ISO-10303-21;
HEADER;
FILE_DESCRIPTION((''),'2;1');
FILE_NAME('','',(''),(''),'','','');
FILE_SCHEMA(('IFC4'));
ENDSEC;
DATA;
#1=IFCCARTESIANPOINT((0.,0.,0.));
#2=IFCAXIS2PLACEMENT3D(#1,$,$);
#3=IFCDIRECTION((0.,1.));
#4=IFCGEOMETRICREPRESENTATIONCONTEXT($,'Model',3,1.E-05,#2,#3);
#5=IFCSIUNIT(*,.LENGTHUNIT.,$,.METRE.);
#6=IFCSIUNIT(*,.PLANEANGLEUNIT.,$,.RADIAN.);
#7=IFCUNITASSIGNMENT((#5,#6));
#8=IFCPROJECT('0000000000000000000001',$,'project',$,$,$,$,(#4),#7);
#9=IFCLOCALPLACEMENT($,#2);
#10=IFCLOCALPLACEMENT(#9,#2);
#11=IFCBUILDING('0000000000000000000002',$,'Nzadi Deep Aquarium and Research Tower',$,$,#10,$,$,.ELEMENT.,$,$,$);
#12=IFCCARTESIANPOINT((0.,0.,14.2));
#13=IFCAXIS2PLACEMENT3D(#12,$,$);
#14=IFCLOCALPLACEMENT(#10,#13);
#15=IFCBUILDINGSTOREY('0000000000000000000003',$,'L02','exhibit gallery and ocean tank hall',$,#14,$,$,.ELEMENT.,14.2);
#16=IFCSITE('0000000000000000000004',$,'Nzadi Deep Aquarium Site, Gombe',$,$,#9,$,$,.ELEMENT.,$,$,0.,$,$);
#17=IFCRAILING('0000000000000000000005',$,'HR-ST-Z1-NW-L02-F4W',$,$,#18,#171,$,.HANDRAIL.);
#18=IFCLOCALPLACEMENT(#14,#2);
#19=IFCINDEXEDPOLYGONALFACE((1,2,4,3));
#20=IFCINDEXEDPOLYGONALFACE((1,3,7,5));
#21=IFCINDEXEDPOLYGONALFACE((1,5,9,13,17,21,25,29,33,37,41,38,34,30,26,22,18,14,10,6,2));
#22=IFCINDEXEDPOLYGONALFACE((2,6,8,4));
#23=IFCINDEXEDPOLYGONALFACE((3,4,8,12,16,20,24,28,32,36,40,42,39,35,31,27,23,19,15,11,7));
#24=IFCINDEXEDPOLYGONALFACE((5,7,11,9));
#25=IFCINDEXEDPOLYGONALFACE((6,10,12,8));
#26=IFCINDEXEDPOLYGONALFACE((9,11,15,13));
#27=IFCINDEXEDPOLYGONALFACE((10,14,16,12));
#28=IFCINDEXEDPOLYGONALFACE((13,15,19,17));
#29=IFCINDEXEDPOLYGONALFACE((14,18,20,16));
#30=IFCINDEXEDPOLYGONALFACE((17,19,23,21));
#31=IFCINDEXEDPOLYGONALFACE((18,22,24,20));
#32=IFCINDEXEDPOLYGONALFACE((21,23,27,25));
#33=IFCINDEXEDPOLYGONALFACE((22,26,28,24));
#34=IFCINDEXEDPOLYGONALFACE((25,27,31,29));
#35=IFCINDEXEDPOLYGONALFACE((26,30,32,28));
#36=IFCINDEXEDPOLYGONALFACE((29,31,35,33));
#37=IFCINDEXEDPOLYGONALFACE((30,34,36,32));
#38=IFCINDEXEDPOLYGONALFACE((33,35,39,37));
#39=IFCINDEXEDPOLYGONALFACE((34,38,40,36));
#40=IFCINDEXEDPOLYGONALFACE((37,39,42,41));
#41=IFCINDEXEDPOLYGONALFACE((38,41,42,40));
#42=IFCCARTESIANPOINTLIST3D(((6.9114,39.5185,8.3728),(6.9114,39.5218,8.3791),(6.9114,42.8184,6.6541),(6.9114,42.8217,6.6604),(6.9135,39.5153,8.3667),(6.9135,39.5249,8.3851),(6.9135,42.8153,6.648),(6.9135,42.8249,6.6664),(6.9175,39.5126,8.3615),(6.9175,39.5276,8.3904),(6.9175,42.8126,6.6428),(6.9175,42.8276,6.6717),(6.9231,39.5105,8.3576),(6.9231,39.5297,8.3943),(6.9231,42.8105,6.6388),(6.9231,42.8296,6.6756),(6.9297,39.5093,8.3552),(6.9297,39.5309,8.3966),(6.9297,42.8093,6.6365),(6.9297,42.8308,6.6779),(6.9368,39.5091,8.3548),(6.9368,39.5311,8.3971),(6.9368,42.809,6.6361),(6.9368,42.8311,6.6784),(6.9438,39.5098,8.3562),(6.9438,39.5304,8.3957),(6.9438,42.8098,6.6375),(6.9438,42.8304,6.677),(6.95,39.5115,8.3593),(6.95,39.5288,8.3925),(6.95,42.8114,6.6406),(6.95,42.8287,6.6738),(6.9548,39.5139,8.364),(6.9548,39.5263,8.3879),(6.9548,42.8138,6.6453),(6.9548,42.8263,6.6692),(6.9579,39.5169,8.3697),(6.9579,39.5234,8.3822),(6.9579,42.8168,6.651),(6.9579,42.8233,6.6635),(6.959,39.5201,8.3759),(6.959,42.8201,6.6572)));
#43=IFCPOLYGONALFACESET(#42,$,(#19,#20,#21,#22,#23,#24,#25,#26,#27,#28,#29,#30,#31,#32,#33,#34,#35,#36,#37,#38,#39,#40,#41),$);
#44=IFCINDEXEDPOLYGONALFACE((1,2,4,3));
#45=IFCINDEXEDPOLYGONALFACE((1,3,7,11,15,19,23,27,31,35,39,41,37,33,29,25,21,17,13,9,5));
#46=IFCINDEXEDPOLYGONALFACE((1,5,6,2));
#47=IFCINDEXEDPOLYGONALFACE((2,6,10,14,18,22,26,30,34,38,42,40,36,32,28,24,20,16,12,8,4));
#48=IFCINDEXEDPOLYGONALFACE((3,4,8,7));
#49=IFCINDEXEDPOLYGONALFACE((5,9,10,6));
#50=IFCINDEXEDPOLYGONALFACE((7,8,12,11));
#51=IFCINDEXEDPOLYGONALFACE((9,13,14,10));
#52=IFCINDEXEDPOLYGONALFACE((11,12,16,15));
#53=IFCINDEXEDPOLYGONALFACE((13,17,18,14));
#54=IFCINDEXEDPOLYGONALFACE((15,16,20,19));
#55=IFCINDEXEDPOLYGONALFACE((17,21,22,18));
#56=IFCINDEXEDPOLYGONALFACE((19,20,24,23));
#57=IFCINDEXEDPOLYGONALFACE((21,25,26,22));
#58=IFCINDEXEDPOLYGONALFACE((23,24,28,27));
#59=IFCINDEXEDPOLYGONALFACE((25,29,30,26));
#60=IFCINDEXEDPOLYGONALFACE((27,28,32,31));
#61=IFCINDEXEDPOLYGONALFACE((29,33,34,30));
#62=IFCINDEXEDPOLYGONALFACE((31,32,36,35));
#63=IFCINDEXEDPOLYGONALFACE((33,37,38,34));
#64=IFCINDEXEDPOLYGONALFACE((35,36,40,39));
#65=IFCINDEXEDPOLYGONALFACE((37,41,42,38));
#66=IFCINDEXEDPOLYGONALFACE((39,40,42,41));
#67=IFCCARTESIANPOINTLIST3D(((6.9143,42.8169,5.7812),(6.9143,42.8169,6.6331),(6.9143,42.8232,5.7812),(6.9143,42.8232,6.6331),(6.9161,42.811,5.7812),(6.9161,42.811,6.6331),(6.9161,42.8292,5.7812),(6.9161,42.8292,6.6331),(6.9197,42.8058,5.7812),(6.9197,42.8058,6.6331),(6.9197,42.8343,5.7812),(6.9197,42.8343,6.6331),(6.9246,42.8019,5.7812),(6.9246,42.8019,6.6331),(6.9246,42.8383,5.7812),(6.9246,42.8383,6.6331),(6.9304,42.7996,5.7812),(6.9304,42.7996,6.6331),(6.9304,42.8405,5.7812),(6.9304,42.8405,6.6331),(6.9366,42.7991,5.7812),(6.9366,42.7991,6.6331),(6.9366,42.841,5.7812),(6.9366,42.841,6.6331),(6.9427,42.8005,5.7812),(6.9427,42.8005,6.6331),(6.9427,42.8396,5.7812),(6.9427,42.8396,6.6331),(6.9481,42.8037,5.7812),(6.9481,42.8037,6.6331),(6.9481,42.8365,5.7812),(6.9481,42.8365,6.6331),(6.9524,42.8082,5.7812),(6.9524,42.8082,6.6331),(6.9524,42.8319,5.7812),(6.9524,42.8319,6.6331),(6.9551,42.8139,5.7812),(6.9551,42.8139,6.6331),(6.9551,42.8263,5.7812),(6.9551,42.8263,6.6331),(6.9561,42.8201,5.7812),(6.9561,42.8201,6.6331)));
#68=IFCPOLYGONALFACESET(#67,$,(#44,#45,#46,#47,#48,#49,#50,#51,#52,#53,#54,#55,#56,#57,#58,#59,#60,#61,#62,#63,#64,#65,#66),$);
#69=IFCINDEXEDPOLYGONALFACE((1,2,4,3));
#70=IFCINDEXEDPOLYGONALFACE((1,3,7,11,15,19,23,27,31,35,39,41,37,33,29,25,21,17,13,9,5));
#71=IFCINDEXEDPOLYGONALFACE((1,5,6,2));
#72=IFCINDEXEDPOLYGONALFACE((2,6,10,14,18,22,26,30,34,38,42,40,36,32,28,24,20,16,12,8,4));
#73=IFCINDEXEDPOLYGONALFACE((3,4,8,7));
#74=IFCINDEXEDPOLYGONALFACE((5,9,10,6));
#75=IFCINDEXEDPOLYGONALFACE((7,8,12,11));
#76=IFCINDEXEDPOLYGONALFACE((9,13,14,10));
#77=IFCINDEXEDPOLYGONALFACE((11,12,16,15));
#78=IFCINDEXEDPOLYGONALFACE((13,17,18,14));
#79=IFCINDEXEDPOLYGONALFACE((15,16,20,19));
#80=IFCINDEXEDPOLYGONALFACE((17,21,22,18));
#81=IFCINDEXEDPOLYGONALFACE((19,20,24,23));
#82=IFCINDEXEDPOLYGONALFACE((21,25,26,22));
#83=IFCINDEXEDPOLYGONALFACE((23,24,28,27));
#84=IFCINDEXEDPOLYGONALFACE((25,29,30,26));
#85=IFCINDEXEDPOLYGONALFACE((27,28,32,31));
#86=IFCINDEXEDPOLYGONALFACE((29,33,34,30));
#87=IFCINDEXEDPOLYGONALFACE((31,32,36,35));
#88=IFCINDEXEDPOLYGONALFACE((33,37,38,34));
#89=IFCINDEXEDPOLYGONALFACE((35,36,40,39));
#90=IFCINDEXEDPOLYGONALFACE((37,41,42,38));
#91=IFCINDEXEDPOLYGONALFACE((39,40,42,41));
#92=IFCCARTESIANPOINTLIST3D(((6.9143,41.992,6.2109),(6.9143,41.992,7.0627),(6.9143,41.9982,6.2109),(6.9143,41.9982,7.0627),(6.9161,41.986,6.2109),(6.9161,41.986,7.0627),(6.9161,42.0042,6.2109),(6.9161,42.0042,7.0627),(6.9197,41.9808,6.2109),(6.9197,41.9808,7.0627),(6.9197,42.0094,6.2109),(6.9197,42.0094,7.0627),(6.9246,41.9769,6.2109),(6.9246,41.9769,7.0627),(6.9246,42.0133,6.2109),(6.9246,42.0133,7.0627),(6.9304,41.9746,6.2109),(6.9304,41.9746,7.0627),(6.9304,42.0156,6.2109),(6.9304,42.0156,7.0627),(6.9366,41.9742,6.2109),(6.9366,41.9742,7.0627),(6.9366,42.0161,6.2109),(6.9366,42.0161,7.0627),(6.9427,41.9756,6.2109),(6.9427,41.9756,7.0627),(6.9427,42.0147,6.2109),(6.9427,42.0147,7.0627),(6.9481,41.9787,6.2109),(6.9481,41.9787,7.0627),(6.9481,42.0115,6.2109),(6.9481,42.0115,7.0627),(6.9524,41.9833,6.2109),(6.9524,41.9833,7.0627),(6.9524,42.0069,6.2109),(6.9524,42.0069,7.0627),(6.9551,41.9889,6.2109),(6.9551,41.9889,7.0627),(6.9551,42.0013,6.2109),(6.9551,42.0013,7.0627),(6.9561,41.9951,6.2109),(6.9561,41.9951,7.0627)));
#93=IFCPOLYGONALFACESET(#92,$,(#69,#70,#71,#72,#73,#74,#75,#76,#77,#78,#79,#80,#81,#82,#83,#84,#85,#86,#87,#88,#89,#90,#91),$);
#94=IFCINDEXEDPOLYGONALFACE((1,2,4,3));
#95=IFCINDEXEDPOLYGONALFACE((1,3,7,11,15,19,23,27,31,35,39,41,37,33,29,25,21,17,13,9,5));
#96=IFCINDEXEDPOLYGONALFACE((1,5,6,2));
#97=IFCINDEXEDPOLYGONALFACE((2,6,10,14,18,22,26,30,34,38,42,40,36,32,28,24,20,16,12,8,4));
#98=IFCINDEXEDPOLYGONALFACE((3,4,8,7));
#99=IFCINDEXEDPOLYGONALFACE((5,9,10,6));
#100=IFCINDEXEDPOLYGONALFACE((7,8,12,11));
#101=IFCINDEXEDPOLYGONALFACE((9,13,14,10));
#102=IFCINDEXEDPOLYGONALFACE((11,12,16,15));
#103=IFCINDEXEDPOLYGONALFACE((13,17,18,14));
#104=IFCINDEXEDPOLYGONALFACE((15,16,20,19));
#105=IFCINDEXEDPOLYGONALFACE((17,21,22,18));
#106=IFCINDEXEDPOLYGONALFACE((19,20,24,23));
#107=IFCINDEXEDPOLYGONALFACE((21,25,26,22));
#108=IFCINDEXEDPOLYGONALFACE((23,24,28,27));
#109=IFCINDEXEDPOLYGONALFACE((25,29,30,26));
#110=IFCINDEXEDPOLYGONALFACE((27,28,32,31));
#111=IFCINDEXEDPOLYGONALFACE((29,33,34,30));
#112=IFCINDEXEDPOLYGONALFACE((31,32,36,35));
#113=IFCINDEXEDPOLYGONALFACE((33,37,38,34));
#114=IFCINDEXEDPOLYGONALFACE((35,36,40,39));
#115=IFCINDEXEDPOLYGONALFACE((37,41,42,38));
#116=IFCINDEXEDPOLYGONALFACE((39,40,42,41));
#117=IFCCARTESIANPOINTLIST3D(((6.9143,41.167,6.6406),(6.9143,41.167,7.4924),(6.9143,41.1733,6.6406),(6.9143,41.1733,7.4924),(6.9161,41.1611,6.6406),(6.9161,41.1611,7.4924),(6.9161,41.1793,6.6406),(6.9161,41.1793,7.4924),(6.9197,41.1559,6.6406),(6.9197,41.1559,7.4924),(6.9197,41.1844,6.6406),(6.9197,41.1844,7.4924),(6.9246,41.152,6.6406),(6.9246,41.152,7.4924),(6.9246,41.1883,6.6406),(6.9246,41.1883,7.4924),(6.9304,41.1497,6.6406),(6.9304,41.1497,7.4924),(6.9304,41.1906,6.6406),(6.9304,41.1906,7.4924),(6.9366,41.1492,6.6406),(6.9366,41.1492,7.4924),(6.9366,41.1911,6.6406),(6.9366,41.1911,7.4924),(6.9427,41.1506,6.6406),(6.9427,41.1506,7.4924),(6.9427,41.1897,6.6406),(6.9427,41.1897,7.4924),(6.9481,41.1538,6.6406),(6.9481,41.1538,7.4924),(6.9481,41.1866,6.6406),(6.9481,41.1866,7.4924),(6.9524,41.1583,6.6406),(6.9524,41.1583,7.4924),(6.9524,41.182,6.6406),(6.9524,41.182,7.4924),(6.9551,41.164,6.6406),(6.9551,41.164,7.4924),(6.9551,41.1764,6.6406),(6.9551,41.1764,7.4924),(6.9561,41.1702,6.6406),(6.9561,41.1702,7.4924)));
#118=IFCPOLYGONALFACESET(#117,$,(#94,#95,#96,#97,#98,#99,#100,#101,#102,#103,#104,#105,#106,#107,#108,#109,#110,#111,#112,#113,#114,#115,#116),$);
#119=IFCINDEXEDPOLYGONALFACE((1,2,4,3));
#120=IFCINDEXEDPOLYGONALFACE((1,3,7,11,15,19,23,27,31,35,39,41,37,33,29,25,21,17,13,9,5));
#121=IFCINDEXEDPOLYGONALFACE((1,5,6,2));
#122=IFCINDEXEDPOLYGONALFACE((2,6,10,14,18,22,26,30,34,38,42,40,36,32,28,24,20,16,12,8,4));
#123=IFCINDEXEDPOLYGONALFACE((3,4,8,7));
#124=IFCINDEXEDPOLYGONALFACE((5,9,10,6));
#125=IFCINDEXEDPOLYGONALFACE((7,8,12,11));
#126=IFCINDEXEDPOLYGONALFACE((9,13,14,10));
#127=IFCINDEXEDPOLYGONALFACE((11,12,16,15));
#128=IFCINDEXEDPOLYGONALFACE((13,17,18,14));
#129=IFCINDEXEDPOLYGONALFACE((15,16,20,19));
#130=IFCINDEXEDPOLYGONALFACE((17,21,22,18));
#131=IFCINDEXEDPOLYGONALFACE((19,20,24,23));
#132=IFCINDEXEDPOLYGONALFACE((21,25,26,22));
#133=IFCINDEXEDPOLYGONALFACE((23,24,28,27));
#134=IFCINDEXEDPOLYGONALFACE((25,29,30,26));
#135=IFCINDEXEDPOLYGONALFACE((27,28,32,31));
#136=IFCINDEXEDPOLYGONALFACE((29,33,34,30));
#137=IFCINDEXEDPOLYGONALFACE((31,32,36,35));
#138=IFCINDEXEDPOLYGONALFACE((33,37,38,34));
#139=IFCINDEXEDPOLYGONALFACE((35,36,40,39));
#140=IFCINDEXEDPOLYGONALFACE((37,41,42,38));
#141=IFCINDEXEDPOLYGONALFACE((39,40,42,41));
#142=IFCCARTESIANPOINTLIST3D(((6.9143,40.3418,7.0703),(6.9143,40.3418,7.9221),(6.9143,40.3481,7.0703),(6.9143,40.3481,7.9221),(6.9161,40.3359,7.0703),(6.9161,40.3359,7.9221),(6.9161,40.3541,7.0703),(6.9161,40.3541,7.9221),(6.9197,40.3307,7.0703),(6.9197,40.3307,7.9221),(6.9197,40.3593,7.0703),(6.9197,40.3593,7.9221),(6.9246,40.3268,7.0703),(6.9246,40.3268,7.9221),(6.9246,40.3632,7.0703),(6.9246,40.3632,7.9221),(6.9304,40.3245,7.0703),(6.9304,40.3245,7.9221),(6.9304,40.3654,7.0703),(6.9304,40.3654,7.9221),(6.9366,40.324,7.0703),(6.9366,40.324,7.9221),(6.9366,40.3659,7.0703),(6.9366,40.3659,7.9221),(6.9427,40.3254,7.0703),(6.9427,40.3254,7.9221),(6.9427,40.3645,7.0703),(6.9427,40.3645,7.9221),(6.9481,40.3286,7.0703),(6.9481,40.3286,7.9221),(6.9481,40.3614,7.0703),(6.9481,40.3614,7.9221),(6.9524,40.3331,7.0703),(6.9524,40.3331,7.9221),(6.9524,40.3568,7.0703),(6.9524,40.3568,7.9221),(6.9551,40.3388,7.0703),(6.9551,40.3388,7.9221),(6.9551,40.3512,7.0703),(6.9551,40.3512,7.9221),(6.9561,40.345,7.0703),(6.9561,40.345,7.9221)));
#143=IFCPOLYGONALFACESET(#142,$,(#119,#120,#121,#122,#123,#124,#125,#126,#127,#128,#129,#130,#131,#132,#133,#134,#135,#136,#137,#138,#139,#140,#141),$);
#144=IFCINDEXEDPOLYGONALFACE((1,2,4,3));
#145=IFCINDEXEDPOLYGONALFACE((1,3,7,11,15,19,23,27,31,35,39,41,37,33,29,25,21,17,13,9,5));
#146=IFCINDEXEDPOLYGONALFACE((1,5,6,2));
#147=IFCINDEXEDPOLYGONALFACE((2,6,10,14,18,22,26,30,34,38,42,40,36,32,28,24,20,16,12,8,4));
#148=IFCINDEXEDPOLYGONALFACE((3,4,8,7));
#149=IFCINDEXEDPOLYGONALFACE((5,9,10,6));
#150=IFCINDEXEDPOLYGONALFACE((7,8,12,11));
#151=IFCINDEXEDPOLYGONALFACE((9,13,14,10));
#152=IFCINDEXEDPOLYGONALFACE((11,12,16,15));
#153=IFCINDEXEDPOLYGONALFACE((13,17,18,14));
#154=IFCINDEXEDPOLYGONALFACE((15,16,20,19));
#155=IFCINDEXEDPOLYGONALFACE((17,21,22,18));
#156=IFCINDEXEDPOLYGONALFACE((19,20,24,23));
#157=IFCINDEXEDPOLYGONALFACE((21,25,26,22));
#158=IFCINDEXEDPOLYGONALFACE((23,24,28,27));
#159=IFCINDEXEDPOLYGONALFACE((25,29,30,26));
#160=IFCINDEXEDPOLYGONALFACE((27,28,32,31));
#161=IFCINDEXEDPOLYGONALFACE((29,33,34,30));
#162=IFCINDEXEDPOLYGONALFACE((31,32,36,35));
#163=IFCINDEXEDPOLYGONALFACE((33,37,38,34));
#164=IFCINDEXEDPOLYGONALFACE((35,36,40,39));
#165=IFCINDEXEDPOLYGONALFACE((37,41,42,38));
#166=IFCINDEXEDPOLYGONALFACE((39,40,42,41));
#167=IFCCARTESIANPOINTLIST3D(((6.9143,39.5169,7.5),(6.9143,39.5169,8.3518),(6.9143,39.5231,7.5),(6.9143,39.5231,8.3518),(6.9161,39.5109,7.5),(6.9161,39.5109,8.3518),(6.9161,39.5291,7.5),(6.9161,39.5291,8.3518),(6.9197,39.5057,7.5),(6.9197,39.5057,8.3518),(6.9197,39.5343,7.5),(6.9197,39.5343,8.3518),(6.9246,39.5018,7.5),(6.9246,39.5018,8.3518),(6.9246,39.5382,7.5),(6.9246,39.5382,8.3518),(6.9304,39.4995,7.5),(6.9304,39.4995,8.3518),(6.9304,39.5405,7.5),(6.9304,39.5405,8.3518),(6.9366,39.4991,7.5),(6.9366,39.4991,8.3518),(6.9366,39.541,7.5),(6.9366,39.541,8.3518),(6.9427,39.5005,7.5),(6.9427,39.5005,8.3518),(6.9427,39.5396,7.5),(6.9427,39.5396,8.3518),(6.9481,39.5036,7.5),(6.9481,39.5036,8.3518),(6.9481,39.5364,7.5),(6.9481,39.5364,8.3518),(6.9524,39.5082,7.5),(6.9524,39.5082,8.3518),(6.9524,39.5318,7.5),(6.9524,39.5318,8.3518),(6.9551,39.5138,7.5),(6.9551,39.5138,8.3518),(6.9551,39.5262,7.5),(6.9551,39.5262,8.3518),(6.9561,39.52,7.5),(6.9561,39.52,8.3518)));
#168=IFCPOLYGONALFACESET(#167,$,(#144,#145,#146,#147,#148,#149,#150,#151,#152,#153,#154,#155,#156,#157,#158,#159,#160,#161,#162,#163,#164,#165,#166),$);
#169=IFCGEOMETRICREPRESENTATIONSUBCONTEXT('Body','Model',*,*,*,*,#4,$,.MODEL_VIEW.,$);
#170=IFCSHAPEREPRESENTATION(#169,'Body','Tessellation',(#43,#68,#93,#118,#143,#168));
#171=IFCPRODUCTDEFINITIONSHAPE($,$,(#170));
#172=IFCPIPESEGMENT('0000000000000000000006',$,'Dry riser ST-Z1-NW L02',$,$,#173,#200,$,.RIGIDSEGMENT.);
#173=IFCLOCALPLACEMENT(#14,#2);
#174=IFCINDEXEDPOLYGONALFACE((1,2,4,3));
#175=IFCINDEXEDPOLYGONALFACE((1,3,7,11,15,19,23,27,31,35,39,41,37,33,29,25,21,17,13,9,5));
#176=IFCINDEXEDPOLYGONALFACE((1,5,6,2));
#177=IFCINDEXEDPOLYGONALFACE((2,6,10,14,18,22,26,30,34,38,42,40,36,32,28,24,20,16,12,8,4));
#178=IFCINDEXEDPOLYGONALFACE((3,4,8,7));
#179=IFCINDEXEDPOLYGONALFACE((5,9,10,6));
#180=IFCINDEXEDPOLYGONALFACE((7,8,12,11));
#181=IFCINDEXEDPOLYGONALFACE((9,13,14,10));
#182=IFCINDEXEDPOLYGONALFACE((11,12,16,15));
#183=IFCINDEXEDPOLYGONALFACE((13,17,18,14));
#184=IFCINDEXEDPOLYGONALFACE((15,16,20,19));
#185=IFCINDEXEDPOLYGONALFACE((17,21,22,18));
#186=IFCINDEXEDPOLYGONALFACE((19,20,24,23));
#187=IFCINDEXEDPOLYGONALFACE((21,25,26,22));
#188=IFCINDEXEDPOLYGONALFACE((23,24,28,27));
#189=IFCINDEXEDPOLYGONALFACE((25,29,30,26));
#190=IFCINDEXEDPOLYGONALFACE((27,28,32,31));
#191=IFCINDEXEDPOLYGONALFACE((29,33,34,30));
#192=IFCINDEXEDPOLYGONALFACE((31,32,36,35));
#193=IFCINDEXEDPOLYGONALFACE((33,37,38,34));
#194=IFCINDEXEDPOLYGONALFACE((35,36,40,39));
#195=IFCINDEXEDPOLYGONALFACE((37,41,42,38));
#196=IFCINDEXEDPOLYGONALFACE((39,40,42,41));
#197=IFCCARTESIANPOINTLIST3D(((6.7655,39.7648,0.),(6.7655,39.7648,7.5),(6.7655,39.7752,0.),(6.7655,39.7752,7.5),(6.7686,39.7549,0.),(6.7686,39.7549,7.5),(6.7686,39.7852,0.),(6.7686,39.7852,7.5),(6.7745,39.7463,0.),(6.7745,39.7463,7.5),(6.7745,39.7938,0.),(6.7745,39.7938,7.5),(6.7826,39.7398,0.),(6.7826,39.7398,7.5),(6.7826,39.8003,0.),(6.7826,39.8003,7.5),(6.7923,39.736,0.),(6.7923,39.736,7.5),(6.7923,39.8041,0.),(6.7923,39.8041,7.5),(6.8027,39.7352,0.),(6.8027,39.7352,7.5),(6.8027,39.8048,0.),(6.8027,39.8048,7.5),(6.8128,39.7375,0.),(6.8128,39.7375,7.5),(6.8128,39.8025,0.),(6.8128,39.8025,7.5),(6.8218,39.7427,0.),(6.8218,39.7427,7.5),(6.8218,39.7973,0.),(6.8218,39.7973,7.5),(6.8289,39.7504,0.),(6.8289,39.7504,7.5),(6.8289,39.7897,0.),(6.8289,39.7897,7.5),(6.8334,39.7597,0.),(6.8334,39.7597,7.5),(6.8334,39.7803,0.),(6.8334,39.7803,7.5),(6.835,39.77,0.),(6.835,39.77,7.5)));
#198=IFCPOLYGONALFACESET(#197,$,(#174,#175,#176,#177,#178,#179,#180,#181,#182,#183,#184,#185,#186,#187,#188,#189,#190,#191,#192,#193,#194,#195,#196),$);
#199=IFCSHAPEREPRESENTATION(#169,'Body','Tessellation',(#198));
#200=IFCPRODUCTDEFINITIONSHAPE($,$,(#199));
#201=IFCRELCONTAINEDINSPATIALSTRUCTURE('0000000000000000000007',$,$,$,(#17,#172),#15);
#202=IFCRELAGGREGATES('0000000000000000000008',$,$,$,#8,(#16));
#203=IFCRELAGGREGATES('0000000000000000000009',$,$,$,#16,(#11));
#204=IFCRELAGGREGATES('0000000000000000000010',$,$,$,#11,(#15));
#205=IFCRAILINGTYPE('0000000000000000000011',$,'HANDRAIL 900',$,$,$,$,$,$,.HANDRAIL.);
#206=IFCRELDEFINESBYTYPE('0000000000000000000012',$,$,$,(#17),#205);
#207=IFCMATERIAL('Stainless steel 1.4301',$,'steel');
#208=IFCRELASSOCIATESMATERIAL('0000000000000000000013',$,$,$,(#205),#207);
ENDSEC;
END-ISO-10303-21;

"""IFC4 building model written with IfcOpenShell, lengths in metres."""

from ifc_helpers import new_model, si_unit, direction, frame, origin, origin_2d, place, context, subcontext, project, spatial, circle, extrude, material, type_object, element, save


model = new_model("IFC4")

# Units and contexts
model_context = context("Model", 3, precision=1e-05, world=origin(), true_north=direction((0.0, 1.0)))
body_context = subcontext(model_context, "Body", "Model", "MODEL_VIEW")
ifc_project = project(units=[si_unit("LENGTHUNIT", "METRE"), si_unit("PLANEANGLEUNIT", "RADIAN")], contexts=[model_context])

# Site, building, storey
site_placement = place(None, origin())
site = spatial("IfcSite", under=ifc_project, at=site_placement, Name="Nzadi Deep Aquarium Site, Gombe", CompositionType="ELEMENT", RefElevation=0.0)
building_placement = place(site_placement, origin())
building = spatial("IfcBuilding", under=site, at=building_placement, Name="Nzadi Deep Aquarium and Research Tower", CompositionType="ELEMENT")
storey_placement = place(building_placement, frame((0.0, 0.0, 14.2)))
storey = spatial("IfcBuildingStorey", under=building, at=storey_placement, Name="L02", Description="exhibit gallery and ocean tank hall", CompositionType="ELEMENT", Elevation=14.2)

# Railing
ifc_material_1 = material(Name="Stainless steel 1.4301", Category="steel")
railing_type = type_object("IfcRailingType", Name="HANDRAIL 900", PredefinedType="HANDRAIL", material=ifc_material_1)
for number, where, name in (
    (1, (6.9351, 42.8201, 5.7812), "HR-ST-Z1-NW-L02-F4W"),
):
    element("IfcRailing", number, at=place(storey_placement, frame(where)), inside=storey, type_object=railing_type, Name=name, PredefinedType="HANDRAIL", context=body_context, shape_type="SweptSolid", body=[
        extrude(circle(Radius=0.0239, at=origin_2d()), frame((0.0, 0.0, 0.876), z_axis=(0.0, -0.886917, 0.461929), x_axis=(1.0, 0.0, 0.0)), (0.0, 0.0, 1.0), 3.7207),
        extrude(circle(Radius=0.021, at=origin_2d()), origin(), (0.0, 0.0, 1.0), 0.8518),
        extrude(circle(Radius=0.021, at=origin_2d()), frame((0.0, -0.825, 0.4297)), (0.0, 0.0, 1.0), 0.8518),
        extrude(circle(Radius=0.021, at=origin_2d()), frame((0.0, -1.6499, 0.8594)), (0.0, 0.0, 1.0), 0.8518),
        extrude(circle(Radius=0.021, at=origin_2d()), frame((0.0, -2.4751, 1.2891)), (0.0, 0.0, 1.0), 0.8518),
        extrude(circle(Radius=0.021, at=origin_2d()), frame((0.0, -3.3, 1.7188)), (0.0, 0.0, 1.0), 0.8518),
    ])

# Pipe segment
pipe_segment_placement = place(storey_placement, frame((6.8, 39.77, 0.0), z_axis=(0.0, 0.0, 1.0), x_axis=(1.0, 0.0, 0.0)))
element("IfcPipeSegment", 2, at=pipe_segment_placement, inside=storey, Name="Dry riser ST-Z1-NW L02", PredefinedType="RIGIDSEGMENT", context=body_context, shape_type="SweptSolid", body=[
    extrude(circle(Radius=0.0349, at=origin_2d()), origin(), (0.0, 0.0, 1.0), 7.5),
])

save(model, "model.ifc")
